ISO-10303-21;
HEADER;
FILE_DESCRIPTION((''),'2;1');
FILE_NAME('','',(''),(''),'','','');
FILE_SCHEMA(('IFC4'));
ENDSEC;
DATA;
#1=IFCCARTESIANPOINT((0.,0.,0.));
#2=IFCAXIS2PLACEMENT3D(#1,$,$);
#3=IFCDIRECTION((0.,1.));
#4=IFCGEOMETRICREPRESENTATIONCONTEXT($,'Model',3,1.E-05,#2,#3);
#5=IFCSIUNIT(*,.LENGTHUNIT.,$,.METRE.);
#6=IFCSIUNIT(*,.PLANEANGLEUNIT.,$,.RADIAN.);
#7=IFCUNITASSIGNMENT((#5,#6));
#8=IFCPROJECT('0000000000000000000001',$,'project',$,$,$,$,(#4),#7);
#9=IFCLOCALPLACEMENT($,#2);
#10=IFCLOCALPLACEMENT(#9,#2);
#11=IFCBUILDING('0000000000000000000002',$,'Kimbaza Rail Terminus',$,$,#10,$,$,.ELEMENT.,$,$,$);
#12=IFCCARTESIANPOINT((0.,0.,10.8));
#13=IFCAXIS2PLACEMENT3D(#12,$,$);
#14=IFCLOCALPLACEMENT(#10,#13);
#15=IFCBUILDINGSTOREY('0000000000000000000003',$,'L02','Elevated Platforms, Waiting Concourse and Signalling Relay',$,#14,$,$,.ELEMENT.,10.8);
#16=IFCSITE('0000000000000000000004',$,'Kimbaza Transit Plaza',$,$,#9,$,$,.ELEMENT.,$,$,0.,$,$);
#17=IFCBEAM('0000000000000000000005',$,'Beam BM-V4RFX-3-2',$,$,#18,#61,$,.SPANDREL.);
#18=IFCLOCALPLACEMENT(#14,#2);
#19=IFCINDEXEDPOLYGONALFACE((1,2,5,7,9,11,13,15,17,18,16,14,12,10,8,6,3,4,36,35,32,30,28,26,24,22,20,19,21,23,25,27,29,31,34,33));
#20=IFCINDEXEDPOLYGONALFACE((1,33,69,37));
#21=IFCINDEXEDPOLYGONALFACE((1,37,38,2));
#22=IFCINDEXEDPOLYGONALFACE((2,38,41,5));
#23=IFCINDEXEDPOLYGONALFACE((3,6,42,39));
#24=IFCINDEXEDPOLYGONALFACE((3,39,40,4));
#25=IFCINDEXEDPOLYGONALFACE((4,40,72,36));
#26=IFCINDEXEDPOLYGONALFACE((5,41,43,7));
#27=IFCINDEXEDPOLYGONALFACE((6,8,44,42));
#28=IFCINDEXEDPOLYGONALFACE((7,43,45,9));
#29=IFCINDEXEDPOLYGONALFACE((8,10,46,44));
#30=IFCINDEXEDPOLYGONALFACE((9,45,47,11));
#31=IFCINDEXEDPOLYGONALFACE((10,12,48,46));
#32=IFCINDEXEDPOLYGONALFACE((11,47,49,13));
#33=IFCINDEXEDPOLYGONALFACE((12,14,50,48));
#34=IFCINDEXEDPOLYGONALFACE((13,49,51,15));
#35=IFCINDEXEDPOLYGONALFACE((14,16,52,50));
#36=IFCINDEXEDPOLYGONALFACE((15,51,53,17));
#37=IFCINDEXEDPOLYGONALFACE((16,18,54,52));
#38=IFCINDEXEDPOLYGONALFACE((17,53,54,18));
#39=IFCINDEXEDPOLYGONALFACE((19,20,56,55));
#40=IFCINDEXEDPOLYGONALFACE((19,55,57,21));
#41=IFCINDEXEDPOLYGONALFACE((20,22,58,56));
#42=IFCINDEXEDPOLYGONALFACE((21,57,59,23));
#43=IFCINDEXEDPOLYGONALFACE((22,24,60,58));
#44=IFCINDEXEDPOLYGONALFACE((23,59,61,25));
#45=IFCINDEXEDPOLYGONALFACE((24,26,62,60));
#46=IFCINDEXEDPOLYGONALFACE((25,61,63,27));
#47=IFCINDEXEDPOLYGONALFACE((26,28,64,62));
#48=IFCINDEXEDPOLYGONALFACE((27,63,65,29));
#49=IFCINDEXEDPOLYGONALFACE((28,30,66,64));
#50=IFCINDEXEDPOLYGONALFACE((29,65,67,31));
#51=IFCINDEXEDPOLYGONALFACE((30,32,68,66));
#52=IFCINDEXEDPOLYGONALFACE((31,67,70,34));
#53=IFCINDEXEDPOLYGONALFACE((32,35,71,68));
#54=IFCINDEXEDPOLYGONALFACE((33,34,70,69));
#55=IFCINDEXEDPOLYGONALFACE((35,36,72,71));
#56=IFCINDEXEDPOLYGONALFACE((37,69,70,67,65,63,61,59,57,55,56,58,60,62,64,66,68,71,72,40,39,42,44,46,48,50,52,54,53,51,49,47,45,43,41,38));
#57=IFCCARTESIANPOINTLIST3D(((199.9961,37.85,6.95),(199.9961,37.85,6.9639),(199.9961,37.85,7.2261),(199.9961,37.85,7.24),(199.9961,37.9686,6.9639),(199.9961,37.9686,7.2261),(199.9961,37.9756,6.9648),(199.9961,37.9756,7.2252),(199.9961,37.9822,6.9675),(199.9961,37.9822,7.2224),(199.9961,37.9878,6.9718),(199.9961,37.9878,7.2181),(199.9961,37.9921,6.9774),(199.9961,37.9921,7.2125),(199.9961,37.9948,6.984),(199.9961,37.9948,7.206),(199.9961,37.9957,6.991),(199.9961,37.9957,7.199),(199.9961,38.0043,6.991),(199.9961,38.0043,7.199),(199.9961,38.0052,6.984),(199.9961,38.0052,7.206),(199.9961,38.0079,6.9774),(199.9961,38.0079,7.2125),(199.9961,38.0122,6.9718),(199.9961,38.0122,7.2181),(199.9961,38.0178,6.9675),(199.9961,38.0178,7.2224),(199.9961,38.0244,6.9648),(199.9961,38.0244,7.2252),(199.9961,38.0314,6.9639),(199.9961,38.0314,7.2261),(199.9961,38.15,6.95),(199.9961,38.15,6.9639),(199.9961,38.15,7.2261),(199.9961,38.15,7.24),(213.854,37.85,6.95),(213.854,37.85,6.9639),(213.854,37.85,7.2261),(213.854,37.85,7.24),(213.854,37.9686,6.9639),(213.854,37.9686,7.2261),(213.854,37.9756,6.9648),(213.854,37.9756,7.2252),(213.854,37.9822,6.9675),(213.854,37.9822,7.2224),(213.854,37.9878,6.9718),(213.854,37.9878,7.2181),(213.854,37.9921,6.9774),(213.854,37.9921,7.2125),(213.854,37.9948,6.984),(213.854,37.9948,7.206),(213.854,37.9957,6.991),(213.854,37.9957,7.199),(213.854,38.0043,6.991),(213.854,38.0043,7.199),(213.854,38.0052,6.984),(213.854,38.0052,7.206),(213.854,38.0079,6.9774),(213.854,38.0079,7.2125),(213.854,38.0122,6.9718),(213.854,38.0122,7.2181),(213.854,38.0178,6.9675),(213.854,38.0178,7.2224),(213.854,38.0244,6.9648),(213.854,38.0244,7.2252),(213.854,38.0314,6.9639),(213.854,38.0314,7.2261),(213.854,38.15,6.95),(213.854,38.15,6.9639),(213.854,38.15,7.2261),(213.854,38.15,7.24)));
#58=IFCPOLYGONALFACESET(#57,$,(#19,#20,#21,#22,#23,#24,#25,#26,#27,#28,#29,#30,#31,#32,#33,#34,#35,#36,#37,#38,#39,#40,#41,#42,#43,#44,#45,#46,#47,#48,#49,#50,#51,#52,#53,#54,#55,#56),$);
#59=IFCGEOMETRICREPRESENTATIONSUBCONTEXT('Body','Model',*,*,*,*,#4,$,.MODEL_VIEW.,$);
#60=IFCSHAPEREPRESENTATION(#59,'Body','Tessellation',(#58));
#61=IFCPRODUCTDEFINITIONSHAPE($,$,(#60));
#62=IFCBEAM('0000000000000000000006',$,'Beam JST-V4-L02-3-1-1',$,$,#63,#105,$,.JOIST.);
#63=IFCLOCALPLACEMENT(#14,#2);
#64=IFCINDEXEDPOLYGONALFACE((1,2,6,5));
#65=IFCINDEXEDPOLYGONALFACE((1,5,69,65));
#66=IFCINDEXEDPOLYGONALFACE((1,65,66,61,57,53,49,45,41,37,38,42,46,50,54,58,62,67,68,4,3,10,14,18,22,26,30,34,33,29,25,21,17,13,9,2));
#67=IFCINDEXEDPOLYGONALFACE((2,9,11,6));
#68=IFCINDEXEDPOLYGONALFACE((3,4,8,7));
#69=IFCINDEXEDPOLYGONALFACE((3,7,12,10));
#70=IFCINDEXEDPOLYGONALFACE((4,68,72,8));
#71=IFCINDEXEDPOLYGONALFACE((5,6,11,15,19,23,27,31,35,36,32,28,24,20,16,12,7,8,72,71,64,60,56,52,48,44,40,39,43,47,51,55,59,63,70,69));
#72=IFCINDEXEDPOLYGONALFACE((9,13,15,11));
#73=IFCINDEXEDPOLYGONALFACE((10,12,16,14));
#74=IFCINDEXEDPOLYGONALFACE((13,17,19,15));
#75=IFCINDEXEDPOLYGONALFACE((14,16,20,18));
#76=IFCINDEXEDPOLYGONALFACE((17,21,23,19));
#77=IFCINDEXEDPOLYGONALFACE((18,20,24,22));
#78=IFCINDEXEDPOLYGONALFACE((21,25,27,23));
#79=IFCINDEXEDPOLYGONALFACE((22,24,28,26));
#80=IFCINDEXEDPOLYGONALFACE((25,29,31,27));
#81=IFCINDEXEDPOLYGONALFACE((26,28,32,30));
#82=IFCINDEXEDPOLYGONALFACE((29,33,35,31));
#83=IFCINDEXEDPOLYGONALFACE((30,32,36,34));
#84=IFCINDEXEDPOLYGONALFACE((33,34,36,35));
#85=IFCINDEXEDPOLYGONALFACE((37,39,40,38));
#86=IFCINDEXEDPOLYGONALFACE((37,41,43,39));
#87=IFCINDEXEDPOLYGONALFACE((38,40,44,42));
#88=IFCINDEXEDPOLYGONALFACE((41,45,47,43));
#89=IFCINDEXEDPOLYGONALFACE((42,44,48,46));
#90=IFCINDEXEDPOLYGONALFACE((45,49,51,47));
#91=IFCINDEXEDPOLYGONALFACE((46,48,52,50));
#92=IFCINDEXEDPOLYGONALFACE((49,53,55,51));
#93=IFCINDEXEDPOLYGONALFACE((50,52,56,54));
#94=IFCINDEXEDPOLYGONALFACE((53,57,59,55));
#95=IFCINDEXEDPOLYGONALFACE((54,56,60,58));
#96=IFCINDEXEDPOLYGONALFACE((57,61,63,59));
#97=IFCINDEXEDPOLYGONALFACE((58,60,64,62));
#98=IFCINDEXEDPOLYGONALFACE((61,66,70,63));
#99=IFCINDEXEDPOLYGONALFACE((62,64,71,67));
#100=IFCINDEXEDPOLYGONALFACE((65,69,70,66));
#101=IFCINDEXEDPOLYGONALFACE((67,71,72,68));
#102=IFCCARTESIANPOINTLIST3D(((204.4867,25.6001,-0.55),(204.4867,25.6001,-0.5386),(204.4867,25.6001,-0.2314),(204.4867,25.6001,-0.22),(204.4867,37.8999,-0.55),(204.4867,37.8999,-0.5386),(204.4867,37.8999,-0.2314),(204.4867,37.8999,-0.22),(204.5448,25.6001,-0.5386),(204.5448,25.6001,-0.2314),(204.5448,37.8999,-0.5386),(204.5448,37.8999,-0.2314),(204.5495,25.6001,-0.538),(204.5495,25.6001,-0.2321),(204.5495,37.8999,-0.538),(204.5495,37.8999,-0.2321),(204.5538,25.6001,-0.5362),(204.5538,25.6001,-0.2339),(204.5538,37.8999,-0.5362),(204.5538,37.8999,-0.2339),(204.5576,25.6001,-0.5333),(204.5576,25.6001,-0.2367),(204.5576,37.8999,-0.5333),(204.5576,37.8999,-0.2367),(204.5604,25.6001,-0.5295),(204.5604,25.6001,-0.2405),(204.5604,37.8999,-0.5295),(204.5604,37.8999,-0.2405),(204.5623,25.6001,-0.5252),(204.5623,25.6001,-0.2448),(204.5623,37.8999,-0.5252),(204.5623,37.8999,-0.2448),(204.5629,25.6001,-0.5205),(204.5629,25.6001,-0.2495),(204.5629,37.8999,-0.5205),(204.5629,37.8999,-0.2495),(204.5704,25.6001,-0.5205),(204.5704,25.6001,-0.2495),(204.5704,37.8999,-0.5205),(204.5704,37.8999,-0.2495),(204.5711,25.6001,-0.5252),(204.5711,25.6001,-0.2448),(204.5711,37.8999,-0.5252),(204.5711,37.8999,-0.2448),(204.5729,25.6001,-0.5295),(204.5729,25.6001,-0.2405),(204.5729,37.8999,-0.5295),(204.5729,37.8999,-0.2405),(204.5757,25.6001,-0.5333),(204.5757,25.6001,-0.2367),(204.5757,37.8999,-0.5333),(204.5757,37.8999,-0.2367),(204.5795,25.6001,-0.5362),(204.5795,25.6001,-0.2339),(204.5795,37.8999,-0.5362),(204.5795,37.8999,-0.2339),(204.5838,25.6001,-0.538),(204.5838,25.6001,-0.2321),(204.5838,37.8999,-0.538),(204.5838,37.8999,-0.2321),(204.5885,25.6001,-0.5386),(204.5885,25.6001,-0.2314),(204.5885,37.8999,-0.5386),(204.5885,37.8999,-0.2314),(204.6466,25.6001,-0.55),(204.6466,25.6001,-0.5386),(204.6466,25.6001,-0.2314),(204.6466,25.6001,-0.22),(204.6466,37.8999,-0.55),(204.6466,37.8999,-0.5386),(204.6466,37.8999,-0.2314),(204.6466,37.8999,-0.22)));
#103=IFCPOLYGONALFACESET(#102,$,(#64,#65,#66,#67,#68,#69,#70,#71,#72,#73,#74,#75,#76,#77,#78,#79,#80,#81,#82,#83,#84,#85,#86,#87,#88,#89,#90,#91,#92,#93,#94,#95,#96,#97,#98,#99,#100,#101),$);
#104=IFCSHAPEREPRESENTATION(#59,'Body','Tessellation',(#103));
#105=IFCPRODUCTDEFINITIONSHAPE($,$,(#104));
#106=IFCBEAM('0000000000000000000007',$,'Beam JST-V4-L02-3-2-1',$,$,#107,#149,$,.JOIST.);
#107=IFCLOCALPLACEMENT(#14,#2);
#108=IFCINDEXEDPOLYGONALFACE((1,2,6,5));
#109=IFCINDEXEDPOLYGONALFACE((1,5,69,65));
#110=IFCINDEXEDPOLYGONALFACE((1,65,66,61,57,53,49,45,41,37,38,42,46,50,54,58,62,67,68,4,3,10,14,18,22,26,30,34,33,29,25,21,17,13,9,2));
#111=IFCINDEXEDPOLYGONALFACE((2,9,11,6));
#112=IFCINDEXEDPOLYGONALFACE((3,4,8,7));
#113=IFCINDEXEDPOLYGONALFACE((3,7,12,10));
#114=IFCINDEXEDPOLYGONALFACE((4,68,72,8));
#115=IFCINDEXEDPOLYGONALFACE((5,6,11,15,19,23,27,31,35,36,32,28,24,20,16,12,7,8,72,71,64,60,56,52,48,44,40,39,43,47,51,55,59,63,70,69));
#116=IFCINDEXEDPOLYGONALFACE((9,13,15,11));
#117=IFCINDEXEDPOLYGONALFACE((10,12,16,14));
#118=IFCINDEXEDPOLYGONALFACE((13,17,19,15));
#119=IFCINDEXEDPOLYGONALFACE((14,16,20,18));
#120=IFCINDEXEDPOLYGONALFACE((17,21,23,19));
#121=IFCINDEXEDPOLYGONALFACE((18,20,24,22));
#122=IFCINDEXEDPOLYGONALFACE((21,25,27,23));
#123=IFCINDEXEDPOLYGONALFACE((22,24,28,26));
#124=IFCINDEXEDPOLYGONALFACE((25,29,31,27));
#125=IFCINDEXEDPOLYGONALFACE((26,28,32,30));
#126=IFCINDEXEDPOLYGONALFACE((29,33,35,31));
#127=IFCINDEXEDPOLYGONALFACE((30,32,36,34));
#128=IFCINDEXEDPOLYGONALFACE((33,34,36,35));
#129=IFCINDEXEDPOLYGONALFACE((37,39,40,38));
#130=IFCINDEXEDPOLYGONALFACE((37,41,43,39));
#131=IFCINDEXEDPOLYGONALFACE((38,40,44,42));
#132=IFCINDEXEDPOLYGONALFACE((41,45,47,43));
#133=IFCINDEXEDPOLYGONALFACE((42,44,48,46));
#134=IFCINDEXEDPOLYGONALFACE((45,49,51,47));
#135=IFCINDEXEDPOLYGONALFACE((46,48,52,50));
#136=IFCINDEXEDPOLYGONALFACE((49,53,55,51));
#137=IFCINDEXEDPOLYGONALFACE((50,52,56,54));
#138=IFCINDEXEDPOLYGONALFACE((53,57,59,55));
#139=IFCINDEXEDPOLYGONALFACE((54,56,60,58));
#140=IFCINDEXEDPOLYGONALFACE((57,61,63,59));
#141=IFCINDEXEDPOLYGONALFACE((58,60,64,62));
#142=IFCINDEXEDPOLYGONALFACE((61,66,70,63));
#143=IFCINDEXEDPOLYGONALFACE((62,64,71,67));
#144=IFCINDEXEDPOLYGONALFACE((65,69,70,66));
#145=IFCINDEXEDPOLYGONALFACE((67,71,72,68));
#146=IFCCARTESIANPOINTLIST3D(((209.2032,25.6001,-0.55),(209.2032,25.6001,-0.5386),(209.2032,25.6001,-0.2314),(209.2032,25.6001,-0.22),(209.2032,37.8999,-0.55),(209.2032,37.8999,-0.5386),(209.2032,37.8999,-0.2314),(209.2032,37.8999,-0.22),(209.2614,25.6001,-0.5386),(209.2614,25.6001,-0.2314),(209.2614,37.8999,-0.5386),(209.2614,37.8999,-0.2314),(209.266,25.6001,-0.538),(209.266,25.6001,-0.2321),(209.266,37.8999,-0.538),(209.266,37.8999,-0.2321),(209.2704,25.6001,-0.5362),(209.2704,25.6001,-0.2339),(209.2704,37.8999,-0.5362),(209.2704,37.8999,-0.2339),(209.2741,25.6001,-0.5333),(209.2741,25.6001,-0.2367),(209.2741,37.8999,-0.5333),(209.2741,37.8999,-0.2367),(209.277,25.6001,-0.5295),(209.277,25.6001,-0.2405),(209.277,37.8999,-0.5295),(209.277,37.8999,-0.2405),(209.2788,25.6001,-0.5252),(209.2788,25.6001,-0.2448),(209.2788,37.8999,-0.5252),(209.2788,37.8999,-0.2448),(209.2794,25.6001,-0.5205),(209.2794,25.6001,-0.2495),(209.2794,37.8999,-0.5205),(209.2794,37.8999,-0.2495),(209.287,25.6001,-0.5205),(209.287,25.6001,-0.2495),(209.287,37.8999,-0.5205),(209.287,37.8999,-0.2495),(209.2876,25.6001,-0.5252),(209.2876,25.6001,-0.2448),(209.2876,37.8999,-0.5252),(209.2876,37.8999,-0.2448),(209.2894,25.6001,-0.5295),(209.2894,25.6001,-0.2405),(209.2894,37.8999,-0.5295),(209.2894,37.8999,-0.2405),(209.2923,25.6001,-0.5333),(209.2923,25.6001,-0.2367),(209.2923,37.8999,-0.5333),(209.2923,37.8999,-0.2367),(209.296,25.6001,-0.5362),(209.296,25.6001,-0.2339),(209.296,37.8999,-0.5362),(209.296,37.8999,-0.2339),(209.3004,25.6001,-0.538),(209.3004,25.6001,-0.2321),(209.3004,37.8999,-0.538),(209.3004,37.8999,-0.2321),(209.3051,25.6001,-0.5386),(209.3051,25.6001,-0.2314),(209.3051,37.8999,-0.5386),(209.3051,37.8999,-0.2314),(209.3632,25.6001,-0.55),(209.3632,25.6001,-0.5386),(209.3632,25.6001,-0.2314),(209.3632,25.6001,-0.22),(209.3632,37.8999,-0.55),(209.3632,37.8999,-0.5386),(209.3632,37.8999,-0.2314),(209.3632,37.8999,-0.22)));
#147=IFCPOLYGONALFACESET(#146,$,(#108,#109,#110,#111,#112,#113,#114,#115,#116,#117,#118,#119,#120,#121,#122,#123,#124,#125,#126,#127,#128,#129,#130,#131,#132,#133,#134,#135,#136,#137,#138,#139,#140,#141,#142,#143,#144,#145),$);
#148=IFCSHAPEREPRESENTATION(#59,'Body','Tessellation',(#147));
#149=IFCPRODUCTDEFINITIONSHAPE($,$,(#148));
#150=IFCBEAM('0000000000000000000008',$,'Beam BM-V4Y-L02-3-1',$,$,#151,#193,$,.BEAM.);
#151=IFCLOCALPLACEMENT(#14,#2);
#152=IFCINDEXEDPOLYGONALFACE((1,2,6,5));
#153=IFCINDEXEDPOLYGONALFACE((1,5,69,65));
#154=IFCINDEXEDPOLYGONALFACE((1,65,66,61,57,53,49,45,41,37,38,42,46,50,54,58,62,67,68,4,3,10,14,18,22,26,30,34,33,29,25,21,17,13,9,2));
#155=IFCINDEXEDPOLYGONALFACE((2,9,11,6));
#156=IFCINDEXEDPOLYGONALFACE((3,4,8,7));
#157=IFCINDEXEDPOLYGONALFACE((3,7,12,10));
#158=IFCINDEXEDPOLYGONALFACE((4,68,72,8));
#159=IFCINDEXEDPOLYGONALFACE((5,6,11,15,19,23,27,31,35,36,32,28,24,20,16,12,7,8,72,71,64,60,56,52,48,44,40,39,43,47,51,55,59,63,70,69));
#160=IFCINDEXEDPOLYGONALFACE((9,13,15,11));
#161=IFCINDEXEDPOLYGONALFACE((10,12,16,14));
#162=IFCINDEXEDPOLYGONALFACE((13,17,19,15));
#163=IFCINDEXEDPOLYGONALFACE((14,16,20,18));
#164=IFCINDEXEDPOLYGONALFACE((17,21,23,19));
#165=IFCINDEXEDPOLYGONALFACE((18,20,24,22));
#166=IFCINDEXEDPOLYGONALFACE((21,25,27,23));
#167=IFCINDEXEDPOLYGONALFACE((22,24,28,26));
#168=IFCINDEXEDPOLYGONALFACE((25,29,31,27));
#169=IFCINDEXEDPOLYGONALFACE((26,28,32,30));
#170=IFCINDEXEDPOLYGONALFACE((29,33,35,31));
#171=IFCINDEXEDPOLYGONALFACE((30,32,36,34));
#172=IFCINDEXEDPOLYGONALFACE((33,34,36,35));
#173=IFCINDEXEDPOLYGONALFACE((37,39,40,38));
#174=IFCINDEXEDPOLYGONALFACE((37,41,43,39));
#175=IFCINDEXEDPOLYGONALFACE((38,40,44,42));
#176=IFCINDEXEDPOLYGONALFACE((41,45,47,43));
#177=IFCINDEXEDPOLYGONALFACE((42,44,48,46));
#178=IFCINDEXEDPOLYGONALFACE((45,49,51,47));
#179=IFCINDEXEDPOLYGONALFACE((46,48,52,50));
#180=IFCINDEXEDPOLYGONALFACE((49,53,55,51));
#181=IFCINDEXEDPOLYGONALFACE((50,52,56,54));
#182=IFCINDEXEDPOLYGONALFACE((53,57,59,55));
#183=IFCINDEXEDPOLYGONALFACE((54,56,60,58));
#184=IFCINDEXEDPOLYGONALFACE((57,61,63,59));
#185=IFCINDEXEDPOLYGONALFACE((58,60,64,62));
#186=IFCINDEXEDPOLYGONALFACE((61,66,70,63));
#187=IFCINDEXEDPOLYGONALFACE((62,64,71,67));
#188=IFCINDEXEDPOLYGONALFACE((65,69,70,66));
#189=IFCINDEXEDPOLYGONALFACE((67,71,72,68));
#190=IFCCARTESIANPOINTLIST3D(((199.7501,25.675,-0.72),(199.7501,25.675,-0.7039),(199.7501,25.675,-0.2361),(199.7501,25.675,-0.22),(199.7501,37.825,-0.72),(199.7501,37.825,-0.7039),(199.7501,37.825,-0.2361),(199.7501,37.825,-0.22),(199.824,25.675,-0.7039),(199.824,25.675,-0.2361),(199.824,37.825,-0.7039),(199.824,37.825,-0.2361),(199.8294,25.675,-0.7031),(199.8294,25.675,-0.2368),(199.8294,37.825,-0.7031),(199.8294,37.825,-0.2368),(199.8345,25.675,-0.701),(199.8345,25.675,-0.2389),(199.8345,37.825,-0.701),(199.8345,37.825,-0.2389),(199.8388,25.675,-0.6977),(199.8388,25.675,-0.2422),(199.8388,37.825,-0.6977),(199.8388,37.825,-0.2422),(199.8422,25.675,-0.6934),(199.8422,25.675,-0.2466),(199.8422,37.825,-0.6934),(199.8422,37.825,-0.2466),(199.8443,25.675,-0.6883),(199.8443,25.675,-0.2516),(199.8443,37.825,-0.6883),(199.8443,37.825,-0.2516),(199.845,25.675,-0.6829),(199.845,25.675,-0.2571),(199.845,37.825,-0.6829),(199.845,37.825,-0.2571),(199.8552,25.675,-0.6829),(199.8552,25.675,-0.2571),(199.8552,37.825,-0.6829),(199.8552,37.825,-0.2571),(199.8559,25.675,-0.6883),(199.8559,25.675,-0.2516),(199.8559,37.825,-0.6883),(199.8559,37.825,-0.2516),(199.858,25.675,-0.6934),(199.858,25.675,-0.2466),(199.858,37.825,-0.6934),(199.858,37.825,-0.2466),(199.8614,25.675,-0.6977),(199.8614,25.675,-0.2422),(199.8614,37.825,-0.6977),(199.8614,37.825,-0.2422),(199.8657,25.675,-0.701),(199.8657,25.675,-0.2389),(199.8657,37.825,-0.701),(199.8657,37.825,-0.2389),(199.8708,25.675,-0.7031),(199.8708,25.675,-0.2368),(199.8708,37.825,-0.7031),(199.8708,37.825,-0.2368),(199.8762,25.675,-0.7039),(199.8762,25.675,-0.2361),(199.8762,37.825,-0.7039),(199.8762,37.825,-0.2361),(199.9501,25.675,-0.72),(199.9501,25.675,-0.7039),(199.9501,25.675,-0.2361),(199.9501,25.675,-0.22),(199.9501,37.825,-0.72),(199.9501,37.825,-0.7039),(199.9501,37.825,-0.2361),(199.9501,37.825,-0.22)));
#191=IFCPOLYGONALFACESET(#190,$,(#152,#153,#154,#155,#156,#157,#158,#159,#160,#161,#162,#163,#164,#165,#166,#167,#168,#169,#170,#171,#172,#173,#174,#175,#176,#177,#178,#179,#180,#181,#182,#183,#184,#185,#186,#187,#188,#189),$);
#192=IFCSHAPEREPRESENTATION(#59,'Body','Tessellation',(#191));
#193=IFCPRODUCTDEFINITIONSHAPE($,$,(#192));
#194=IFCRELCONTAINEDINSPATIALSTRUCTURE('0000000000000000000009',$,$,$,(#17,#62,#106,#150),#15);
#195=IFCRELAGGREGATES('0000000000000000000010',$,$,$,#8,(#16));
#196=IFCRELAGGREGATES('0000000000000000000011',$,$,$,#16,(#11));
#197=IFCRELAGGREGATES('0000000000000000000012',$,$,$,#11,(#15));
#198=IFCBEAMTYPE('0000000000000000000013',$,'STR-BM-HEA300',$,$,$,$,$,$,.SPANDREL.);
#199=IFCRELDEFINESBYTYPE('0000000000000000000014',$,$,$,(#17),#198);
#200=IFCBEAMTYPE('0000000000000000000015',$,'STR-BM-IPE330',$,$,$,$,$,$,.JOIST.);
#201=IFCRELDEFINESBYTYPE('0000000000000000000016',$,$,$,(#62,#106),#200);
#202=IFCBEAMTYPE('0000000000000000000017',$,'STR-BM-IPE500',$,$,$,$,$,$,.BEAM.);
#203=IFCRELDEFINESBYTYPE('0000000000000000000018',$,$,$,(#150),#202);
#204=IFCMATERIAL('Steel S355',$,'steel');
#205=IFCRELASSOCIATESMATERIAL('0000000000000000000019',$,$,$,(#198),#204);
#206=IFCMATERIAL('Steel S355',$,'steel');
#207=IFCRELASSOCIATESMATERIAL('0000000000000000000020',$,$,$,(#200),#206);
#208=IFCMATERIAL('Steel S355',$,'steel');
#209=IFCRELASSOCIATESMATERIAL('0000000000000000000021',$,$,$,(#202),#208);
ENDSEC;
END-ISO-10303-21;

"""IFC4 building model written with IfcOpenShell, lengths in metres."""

from ifc_helpers import new_model, si_unit, direction, frame, origin, origin_2d, place, context, subcontext, project, spatial, i_section, extrude, material, material_profile, profile_set, type_object, element, save


model = new_model("IFC4")

# Units and contexts
model_context = context("Model", 3, precision=1e-05, world=origin(), true_north=direction((0.0, 1.0)))
body_context = subcontext(model_context, "Body", "Model", "MODEL_VIEW")
ifc_project = project(units=[si_unit("LENGTHUNIT", "METRE"), si_unit("PLANEANGLEUNIT", "RADIAN")], contexts=[model_context])

# Site, building, storey
site_placement = place(None, origin())
site = spatial("IfcSite", under=ifc_project, at=site_placement, Name="Kimbaza Transit Plaza", CompositionType="ELEMENT", RefElevation=0.0)
building_placement = place(site_placement, origin())
building = spatial("IfcBuilding", under=site, at=building_placement, Name="Kimbaza Rail Terminus", CompositionType="ELEMENT")
storey_placement = place(building_placement, frame((0.0, 0.0, 10.8)))
storey = spatial("IfcBuildingStorey", under=building, at=storey_placement, Name="L02", Description="Elevated Platforms, Waiting Concourse and Signalling Relay", CompositionType="ELEMENT", Elevation=10.8)

# Beams
ifc_material_1 = material(Name="Steel S355", Category="steel")
ifc_material_profile_1 = material_profile(ifc_material_1, i_section(OverallWidth=0.3, OverallDepth=0.29, WebThickness=0.0085, FlangeThickness=0.0139, FilletRadius=0.0271, at=origin_2d()), Name="HEA 300")
ifc_profile_set_1 = profile_set([ifc_material_profile_1], Name="Steel S355")
beam_type_1 = type_object("IfcBeamType", Name="STR-BM-HEA300", PredefinedType="SPANDREL", material=ifc_profile_set_1)
beam_1_placement = place(storey_placement, frame((199.9961, 38.0, 7.095), z_axis=(1.0, 0.0, 0.0), x_axis=(0.0, 1.0, 0.0)))
element("IfcBeam", 1, at=beam_1_placement, inside=storey, type_object=beam_type_1, Name="Beam BM-V4RFX-3-2", PredefinedType="SPANDREL", context=body_context, shape_type="SweptSolid", body=[
    extrude(i_section(OverallWidth=0.3, OverallDepth=0.29, WebThickness=0.0085, FlangeThickness=0.0139, FilletRadius=0.0271, at=origin_2d()), origin(), (0.0, 0.0, 1.0), 13.8579),
])
ifc_material_2 = material(Name="Steel S355", Category="steel")
ifc_material_profile_2 = material_profile(ifc_material_2, i_section(OverallWidth=0.1599, OverallDepth=0.3301, WebThickness=0.0076, FlangeThickness=0.0115, FilletRadius=0.0181, at=origin_2d()), Name="IPE 330")
ifc_profile_set_2 = profile_set([ifc_material_profile_2], Name="Steel S355")
beam_type_2 = type_object("IfcBeamType", Name="STR-BM-IPE330", PredefinedType="JOIST", material=ifc_profile_set_2)
for number, where, z_axis, x_axis, name in (
    (2, (204.5667, 25.6001, -0.385), (0.0, 1.0, 0.0), (-1.0, 0.0, 0.0), "Beam JST-V4-L02-3-1-1"),
    (3, (209.2832, 25.6001, -0.385), (0.0, 1.0, 0.0), (-1.0, 0.0, 0.0), "Beam JST-V4-L02-3-2-1"),
):
    element("IfcBeam", number, at=place(storey_placement, frame(where, z_axis=z_axis, x_axis=x_axis)), inside=storey, type_object=beam_type_2, Name=name, PredefinedType="JOIST", context=body_context, shape_type="SweptSolid", body=[
        extrude(i_section(OverallWidth=0.1599, OverallDepth=0.3301, WebThickness=0.0076, FlangeThickness=0.0115, FilletRadius=0.0181, at=origin_2d()), origin(), (0.0, 0.0, 1.0), 12.2998),
    ])
ifc_material_3 = material(Name="Steel S355", Category="steel")
ifc_material_profile_3 = material_profile(ifc_material_3, i_section(OverallWidth=0.2, OverallDepth=0.5, WebThickness=0.0103, FlangeThickness=0.0161, FilletRadius=0.021, at=origin_2d()), Name="IPE 500")
ifc_profile_set_3 = profile_set([ifc_material_profile_3], Name="Steel S355")
beam_type_3 = type_object("IfcBeamType", Name="STR-BM-IPE500", PredefinedType="BEAM", material=ifc_profile_set_3)
for number, where, z_axis, x_axis, name in (
    (4, (199.8501, 25.675, -0.47), (0.0, 1.0, 0.0), (-1.0, 0.0, 0.0), "Beam BM-V4Y-L02-3-1"),
):
    element("IfcBeam", number, at=place(storey_placement, frame(where, z_axis=z_axis, x_axis=x_axis)), inside=storey, type_object=beam_type_3, Name=name, PredefinedType="BEAM", context=body_context, shape_type="SweptSolid", body=[
        extrude(i_section(OverallWidth=0.2, OverallDepth=0.5, WebThickness=0.0103, FlangeThickness=0.0161, FilletRadius=0.021, at=origin_2d()), origin(), (0.0, 0.0, 1.0), 12.1499),
    ])

save(model, "model.ifc")
